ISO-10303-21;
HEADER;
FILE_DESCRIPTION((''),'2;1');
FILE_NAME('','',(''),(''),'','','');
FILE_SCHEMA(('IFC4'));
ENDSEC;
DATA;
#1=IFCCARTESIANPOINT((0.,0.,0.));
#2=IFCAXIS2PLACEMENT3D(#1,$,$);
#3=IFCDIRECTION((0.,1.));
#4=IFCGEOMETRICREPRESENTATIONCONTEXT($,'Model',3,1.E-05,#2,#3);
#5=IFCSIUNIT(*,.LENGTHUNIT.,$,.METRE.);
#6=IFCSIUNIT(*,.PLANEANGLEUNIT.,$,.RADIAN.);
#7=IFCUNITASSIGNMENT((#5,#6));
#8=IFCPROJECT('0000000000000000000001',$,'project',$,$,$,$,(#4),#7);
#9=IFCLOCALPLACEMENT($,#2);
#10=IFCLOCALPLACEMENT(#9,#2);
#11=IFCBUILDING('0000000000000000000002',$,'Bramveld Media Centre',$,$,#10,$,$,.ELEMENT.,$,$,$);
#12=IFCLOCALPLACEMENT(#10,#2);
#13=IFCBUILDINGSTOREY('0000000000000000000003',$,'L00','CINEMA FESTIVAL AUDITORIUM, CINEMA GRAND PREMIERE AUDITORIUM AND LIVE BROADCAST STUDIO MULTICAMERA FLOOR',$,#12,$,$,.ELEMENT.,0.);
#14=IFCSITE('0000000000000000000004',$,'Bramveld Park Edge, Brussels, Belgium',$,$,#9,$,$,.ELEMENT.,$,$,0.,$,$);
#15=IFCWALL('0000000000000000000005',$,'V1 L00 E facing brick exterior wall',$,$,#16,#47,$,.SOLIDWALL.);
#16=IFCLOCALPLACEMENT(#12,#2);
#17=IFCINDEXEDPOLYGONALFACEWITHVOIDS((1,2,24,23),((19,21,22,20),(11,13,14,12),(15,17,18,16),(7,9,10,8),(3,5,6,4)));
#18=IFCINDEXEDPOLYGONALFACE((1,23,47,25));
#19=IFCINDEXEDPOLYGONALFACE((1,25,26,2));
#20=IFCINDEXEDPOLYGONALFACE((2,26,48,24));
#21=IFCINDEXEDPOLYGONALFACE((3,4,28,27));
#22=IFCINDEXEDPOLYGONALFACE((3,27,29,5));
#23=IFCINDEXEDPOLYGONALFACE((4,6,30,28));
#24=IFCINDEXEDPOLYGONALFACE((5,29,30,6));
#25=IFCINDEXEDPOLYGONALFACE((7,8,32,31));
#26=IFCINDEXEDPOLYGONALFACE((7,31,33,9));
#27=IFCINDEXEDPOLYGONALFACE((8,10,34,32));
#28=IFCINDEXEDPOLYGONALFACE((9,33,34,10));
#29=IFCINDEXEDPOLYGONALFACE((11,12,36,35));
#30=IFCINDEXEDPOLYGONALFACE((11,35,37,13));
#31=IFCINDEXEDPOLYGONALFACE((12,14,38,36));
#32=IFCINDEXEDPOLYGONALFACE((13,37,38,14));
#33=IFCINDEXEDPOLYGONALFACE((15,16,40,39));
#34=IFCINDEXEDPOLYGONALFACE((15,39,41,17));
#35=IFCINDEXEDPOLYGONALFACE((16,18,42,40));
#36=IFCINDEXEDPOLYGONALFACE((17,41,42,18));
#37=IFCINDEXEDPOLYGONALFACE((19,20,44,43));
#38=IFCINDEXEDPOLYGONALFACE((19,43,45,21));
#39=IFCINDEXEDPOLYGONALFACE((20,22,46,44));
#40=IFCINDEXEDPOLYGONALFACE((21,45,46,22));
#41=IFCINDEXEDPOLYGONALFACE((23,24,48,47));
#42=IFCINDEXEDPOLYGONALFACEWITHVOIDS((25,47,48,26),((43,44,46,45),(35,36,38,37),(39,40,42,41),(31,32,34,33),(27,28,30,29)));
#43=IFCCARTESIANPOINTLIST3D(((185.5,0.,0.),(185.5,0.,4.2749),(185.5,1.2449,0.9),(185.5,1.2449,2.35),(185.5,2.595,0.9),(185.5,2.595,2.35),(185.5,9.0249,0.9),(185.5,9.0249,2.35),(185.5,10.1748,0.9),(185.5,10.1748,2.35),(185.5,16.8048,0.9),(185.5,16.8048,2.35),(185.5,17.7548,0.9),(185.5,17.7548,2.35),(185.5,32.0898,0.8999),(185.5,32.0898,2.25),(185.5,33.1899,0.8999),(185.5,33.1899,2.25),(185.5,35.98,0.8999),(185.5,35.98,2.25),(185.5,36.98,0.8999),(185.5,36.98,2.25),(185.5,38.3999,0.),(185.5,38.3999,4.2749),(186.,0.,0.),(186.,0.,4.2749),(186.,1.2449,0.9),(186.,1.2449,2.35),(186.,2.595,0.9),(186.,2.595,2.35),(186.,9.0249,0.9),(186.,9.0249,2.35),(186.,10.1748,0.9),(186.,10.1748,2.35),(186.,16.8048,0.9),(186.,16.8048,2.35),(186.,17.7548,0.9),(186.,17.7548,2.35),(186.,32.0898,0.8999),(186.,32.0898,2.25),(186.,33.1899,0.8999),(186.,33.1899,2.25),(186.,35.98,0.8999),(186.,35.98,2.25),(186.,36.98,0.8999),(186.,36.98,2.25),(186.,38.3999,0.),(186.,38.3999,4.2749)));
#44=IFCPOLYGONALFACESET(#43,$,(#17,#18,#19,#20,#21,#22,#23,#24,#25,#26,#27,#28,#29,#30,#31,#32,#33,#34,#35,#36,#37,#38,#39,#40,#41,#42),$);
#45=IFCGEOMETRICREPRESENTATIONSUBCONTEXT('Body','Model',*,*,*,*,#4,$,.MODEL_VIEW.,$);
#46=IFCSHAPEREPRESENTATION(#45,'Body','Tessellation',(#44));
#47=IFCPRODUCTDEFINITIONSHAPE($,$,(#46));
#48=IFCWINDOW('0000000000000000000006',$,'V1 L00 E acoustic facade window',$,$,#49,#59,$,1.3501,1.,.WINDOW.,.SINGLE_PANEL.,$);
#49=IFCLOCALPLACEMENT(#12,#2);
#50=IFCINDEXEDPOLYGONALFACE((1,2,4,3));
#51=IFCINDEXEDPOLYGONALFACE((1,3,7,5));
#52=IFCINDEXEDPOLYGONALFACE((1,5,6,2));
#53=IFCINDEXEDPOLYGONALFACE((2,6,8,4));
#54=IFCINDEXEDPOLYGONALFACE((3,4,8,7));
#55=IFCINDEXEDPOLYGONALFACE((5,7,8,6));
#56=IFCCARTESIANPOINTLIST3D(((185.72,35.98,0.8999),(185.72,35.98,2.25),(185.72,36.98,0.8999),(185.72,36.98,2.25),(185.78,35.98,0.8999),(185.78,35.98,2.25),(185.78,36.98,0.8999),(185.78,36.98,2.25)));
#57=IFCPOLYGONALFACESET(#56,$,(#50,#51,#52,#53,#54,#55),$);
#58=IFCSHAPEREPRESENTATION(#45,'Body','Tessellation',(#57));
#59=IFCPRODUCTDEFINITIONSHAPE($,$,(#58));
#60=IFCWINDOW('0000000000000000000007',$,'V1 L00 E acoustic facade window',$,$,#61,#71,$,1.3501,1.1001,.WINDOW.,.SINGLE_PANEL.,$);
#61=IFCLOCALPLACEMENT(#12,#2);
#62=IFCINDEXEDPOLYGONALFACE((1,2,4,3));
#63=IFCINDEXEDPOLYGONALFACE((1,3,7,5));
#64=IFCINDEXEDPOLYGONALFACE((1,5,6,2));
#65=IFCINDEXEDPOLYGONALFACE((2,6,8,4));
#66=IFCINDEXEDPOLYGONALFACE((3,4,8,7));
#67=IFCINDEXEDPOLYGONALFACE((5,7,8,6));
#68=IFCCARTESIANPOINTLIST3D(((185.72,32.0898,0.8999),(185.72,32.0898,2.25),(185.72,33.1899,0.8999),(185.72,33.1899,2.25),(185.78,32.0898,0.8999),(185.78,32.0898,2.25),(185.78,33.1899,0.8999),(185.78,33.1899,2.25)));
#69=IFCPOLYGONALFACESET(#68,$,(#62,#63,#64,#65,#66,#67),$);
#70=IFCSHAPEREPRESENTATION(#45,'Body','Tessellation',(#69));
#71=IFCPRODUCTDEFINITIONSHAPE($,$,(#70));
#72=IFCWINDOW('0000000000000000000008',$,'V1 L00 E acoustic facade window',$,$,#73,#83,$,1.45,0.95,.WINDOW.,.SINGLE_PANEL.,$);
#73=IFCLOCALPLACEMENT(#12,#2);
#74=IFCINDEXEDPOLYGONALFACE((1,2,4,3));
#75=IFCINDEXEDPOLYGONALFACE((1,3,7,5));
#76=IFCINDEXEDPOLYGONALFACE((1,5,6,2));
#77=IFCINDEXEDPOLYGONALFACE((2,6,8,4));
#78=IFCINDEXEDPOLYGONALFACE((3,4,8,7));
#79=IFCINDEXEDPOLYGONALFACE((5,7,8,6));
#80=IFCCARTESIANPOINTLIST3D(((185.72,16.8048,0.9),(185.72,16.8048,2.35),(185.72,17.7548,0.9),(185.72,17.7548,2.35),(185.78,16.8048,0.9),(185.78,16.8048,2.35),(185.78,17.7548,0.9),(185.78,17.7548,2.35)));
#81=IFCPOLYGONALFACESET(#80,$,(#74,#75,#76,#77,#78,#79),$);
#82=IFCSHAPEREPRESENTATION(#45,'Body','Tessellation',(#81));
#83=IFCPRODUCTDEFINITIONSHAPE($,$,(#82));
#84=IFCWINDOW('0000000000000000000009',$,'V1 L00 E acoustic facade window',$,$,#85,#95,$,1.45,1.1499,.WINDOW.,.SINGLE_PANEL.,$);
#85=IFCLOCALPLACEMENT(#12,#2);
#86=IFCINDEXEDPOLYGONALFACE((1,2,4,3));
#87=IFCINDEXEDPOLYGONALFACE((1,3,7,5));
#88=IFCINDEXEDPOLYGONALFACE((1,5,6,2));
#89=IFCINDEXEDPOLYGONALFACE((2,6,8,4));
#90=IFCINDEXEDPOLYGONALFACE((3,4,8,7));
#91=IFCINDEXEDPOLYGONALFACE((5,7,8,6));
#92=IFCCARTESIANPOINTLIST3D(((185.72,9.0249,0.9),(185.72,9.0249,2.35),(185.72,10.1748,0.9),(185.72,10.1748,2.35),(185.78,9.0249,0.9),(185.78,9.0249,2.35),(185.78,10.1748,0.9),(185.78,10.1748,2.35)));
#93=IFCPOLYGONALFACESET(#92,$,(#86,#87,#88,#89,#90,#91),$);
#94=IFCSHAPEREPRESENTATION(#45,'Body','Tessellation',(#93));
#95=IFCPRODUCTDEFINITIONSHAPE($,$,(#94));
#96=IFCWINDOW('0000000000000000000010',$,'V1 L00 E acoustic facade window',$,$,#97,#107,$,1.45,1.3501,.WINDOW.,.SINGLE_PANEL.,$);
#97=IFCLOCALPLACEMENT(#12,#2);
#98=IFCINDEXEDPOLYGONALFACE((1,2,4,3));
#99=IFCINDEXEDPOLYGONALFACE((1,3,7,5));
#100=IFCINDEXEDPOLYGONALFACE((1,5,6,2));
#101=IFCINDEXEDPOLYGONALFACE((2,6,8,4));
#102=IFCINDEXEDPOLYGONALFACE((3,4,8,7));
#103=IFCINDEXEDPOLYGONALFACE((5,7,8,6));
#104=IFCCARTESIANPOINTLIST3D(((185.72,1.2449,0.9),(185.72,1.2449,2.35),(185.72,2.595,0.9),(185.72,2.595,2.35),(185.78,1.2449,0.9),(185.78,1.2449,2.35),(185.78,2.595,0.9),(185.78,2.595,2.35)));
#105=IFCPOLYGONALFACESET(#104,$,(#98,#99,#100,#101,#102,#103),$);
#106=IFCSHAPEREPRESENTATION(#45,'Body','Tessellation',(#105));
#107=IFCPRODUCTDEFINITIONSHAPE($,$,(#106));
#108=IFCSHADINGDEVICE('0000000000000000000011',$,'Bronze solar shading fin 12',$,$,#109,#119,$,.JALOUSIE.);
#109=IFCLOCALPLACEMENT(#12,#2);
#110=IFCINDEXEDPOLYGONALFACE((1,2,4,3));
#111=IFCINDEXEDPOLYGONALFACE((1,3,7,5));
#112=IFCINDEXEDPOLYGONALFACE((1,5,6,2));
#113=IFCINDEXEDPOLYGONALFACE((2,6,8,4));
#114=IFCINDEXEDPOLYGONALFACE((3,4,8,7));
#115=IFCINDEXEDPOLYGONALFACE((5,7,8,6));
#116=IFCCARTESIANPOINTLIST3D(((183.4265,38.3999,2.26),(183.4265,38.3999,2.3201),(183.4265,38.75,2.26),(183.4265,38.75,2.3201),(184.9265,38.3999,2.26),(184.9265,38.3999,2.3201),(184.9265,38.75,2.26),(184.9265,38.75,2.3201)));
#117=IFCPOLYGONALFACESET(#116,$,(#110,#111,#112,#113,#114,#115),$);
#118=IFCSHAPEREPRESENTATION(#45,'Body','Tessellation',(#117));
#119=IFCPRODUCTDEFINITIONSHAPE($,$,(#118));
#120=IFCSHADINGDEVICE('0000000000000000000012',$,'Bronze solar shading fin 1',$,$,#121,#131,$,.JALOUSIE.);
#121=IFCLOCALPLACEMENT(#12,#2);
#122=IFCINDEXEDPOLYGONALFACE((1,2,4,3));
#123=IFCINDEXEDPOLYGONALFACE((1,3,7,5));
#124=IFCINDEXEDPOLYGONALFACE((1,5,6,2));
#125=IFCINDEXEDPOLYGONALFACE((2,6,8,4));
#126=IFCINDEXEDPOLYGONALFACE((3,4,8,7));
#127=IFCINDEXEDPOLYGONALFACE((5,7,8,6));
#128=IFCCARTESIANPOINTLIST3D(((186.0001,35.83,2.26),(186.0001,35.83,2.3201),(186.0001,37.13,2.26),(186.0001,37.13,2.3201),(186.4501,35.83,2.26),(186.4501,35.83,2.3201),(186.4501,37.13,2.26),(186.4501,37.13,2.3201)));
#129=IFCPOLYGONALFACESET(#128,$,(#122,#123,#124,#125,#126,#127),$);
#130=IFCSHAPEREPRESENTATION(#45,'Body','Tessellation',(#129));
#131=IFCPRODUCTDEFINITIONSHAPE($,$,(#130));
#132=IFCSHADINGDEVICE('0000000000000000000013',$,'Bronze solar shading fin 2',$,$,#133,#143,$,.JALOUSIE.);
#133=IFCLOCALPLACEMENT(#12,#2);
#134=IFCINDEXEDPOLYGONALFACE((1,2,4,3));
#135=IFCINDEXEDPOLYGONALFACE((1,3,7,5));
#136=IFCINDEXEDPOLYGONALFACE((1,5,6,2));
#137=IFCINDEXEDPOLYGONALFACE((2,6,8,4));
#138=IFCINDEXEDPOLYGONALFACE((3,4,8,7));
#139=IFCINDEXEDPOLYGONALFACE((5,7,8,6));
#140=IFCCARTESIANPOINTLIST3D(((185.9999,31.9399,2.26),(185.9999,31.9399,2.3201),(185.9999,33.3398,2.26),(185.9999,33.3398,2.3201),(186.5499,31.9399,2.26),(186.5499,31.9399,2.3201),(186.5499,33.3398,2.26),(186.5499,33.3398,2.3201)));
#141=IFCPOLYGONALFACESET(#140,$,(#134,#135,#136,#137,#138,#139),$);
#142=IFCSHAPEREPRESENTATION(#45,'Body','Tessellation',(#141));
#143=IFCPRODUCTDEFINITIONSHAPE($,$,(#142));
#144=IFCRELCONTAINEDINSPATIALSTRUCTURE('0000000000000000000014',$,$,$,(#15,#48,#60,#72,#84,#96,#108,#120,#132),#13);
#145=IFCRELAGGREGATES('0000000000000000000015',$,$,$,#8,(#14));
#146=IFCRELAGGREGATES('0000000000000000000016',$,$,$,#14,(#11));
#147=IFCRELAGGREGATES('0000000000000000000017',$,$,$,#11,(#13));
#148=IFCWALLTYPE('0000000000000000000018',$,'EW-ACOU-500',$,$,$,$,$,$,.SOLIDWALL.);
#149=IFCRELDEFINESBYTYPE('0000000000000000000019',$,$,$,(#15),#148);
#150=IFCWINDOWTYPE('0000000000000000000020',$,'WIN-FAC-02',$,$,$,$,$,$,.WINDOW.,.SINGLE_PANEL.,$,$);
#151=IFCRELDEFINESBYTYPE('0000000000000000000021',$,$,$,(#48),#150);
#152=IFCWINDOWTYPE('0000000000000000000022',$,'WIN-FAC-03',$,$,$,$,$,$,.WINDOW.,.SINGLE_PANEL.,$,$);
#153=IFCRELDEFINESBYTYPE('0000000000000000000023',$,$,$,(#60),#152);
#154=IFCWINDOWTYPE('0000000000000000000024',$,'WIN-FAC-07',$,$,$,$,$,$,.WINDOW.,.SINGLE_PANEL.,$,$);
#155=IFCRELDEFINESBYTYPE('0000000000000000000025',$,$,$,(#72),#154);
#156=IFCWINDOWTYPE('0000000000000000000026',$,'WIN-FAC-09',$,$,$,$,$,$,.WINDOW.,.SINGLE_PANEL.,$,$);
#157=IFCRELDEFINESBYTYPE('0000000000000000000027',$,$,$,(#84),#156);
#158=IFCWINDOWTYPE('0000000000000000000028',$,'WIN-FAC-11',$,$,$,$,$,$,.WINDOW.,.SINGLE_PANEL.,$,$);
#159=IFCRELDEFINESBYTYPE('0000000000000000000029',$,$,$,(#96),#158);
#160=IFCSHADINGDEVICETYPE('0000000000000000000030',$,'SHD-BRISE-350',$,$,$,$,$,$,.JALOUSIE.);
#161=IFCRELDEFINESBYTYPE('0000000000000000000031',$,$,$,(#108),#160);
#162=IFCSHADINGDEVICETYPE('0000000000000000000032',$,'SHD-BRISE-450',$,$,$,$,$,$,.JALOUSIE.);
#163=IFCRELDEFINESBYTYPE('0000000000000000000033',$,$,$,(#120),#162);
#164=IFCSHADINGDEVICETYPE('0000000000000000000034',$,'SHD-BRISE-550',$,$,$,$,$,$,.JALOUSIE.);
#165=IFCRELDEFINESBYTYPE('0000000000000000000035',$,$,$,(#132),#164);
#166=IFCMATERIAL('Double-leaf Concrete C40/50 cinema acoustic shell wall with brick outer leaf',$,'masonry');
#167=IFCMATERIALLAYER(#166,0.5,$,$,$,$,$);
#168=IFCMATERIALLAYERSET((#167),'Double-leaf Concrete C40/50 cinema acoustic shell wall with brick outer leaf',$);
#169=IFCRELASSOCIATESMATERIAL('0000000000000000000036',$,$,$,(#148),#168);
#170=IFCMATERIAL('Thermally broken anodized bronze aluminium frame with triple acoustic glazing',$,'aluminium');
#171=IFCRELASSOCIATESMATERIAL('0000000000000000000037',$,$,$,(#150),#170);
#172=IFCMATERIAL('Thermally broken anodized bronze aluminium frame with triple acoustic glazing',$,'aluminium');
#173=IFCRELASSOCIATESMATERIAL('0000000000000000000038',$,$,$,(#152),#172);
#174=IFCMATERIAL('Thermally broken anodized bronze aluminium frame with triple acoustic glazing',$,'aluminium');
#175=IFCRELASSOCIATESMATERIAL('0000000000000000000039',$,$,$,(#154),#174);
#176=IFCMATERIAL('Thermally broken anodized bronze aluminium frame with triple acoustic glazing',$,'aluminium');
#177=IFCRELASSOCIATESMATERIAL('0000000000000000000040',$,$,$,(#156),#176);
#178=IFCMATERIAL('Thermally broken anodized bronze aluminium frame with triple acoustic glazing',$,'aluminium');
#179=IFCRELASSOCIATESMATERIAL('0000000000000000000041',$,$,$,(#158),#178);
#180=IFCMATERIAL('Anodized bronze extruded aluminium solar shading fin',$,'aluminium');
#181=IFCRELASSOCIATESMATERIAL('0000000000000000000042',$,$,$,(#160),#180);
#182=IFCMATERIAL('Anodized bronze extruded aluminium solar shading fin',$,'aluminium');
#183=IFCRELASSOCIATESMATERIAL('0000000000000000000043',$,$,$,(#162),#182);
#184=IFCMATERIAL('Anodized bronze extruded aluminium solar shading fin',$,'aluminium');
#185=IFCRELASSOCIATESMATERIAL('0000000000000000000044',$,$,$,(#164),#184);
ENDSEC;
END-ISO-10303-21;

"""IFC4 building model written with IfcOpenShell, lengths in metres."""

from ifc_helpers import new_model, si_unit, direction, frame, frame_2d, origin, origin_2d, place, context, subcontext, project, spatial, rectangle, extrude, material, layer, layer_set, type_object, element, fill, save


model = new_model("IFC4")

# Units and contexts
model_context = context("Model", 3, precision=1e-05, world=origin(), true_north=direction((0.0, 1.0)))
body_context = subcontext(model_context, "Body", "Model", "MODEL_VIEW")
ifc_project = project(units=[si_unit("LENGTHUNIT", "METRE"), si_unit("PLANEANGLEUNIT", "RADIAN")], contexts=[model_context])

# Site, building, storey
site_placement = place(None, origin())
site = spatial("IfcSite", under=ifc_project, at=site_placement, Name="Bramveld Park Edge, Brussels, Belgium", CompositionType="ELEMENT", RefElevation=0.0)
building_placement = place(site_placement, origin())
building = spatial("IfcBuilding", under=site, at=building_placement, Name="Bramveld Media Centre", CompositionType="ELEMENT")
storey_placement = place(building_placement, origin())
storey = spatial("IfcBuildingStorey", under=building, at=storey_placement, Name="L00", Description="CINEMA FESTIVAL AUDITORIUM, CINEMA GRAND PREMIERE AUDITORIUM AND LIVE BROADCAST STUDIO MULTICAMERA FLOOR", CompositionType="ELEMENT", Elevation=0.0)

# Wall, openings, windows
ifc_material_1 = material(Name="Double-leaf Concrete C40/50 cinema acoustic shell wall with brick outer leaf", Category="masonry")
ifc_layer = layer(ifc_material_1, 0.5)
ifc_layer_set = layer_set([ifc_layer], Name="Double-leaf Concrete C40/50 cinema acoustic shell wall with brick outer leaf")
wall_type = type_object("IfcWallType", Name="EW-ACOU-500", PredefinedType="SOLIDWALL", material=ifc_layer_set)
wall_placement = place(storey_placement, frame((185.75, 38.3999, 0.0), z_axis=(0.0, 0.0, 1.0), x_axis=(0.0, -1.0, 0.0)))
wall = element("IfcWall", 1, at=wall_placement, inside=storey, type_object=wall_type, Name="V1 L00 E facing brick exterior wall", PredefinedType="SOLIDWALL", context=body_context, shape_type="SweptSolid", body=[
    extrude(rectangle(XDim=38.3999, YDim=0.5, at=frame_2d((19.2, 0.0))), origin(), (0.0, 0.0, 1.0), 4.2749),
])
opening_1_placement = place(wall_placement, frame((1.4199, 0.0, 0.8999)))
opening_1 = element("IfcOpeningElement", 2, at=opening_1_placement, cuts=wall, PredefinedType="OPENING", context=body_context, shape_type="SweptSolid", body=[
    extrude(rectangle(XDim=1.0, YDim=1.3501, at=frame_2d((0.5, 0.675))), frame((0.0, 0.262, 0.0), z_axis=(0.0, -1.0, 0.0), x_axis=(1.0, 0.0, 0.0)), (0.0, 0.0, 1.0), 0.5239),
])
opening_2_placement = place(wall_placement, frame((5.21, 0.0, 0.8999)))
opening_2 = element("IfcOpeningElement", 3, at=opening_2_placement, cuts=wall, PredefinedType="OPENING", context=body_context, shape_type="SweptSolid", body=[
    extrude(rectangle(XDim=1.1001, YDim=1.3501, at=frame_2d((0.55, 0.675))), frame((0.0, 0.262, 0.0), z_axis=(0.0, -1.0, 0.0), x_axis=(1.0, 0.0, 0.0)), (0.0, 0.0, 1.0), 0.5239),
])
opening_3_placement = place(wall_placement, frame((20.645, 0.0, 0.8999)))
opening_3 = element("IfcOpeningElement", 4, at=opening_3_placement, cuts=wall, PredefinedType="OPENING", context=body_context, shape_type="SweptSolid", body=[
    extrude(rectangle(XDim=0.95, YDim=1.45, at=frame_2d((0.4751, 0.7251))), frame((0.0, 0.262, 0.0), z_axis=(0.0, -1.0, 0.0), x_axis=(1.0, 0.0, 0.0)), (0.0, 0.0, 1.0), 0.5239),
])
opening_4_placement = place(wall_placement, frame((28.2251, 0.0, 0.8999)))
opening_4 = element("IfcOpeningElement", 5, at=opening_4_placement, cuts=wall, PredefinedType="OPENING", context=body_context, shape_type="SweptSolid", body=[
    extrude(rectangle(XDim=1.1499, YDim=1.45, at=frame_2d((0.575, 0.7251))), frame((0.0, 0.262, 0.0), z_axis=(0.0, -1.0, 0.0), x_axis=(1.0, 0.0, 0.0)), (0.0, 0.0, 1.0), 0.5239),
])
opening_5_placement = place(wall_placement, frame((35.8049, 0.0, 0.8999)))
opening_5 = element("IfcOpeningElement", 6, at=opening_5_placement, cuts=wall, PredefinedType="OPENING", context=body_context, shape_type="SweptSolid", body=[
    extrude(rectangle(XDim=1.3501, YDim=1.45, at=frame_2d((0.675, 0.7251))), frame((0.0, 0.262, 0.0), z_axis=(0.0, -1.0, 0.0), x_axis=(1.0, 0.0, 0.0)), (0.0, 0.0, 1.0), 0.5239),
])
ifc_material_2 = material(Name="Thermally broken anodized bronze aluminium frame with triple acoustic glazing", Category="aluminium")
window_type_1 = type_object("IfcWindowType", Name="WIN-FAC-02", PartitioningType="SINGLE_PANEL", PredefinedType="WINDOW", material=ifc_material_2)
window_1_placement = place(opening_1_placement, origin())
window_1 = element("IfcWindow", 7, at=window_1_placement, inside=storey, type_object=window_type_1, Name="V1 L00 E acoustic facade window", OverallHeight=1.3501, OverallWidth=1.0, PartitioningType="SINGLE_PANEL", PredefinedType="WINDOW", context=body_context, shape_type="SweptSolid", body=[
    extrude(rectangle(XDim=1.0, YDim=1.3501, at=frame_2d((0.5, 0.675))), frame((0.0, 0.03, 0.0), z_axis=(0.0, -1.0, 0.0), x_axis=(1.0, 0.0, 0.0)), (0.0, 0.0, 1.0), 0.0601),
])
fill(opening_1, window_1)
ifc_material_3 = material(Name="Thermally broken anodized bronze aluminium frame with triple acoustic glazing", Category="aluminium")
window_type_2 = type_object("IfcWindowType", Name="WIN-FAC-03", PartitioningType="SINGLE_PANEL", PredefinedType="WINDOW", material=ifc_material_3)
window_2_placement = place(opening_2_placement, origin())
window_2 = element("IfcWindow", 8, at=window_2_placement, inside=storey, type_object=window_type_2, Name="V1 L00 E acoustic facade window", OverallHeight=1.3501, OverallWidth=1.1001, PartitioningType="SINGLE_PANEL", PredefinedType="WINDOW", context=body_context, shape_type="SweptSolid", body=[
    extrude(rectangle(XDim=1.1001, YDim=1.3501, at=frame_2d((0.55, 0.675))), frame((0.0, 0.03, 0.0), z_axis=(0.0, -1.0, 0.0), x_axis=(1.0, 0.0, 0.0)), (0.0, 0.0, 1.0), 0.0601),
])
fill(opening_2, window_2)
ifc_material_4 = material(Name="Thermally broken anodized bronze aluminium frame with triple acoustic glazing", Category="aluminium")
window_type_3 = type_object("IfcWindowType", Name="WIN-FAC-07", PartitioningType="SINGLE_PANEL", PredefinedType="WINDOW", material=ifc_material_4)
window_3_placement = place(opening_3_placement, origin())
window_3 = element("IfcWindow", 9, at=window_3_placement, inside=storey, type_object=window_type_3, Name="V1 L00 E acoustic facade window", OverallHeight=1.45, OverallWidth=0.95, PartitioningType="SINGLE_PANEL", PredefinedType="WINDOW", context=body_context, shape_type="SweptSolid", body=[
    extrude(rectangle(XDim=0.95, YDim=1.45, at=frame_2d((0.4751, 0.7251))), frame((0.0, 0.03, 0.0), z_axis=(0.0, -1.0, 0.0), x_axis=(1.0, 0.0, 0.0)), (0.0, 0.0, 1.0), 0.0601),
])
fill(opening_3, window_3)
ifc_material_5 = material(Name="Thermally broken anodized bronze aluminium frame with triple acoustic glazing", Category="aluminium")
window_type_4 = type_object("IfcWindowType", Name="WIN-FAC-09", PartitioningType="SINGLE_PANEL", PredefinedType="WINDOW", material=ifc_material_5)
window_4_placement = place(opening_4_placement, origin())
window_4 = element("IfcWindow", 10, at=window_4_placement, inside=storey, type_object=window_type_4, Name="V1 L00 E acoustic facade window", OverallHeight=1.45, OverallWidth=1.1499, PartitioningType="SINGLE_PANEL", PredefinedType="WINDOW", context=body_context, shape_type="SweptSolid", body=[
    extrude(rectangle(XDim=1.1499, YDim=1.45, at=frame_2d((0.575, 0.7251))), frame((0.0, 0.03, 0.0), z_axis=(0.0, -1.0, 0.0), x_axis=(1.0, 0.0, 0.0)), (0.0, 0.0, 1.0), 0.0601),
])
fill(opening_4, window_4)
ifc_material_6 = material(Name="Thermally broken anodized bronze aluminium frame with triple acoustic glazing", Category="aluminium")
window_type_5 = type_object("IfcWindowType", Name="WIN-FAC-11", PartitioningType="SINGLE_PANEL", PredefinedType="WINDOW", material=ifc_material_6)
window_5_placement = place(opening_5_placement, origin())
window_5 = element("IfcWindow", 11, at=window_5_placement, inside=storey, type_object=window_type_5, Name="V1 L00 E acoustic facade window", OverallHeight=1.45, OverallWidth=1.3501, PartitioningType="SINGLE_PANEL", PredefinedType="WINDOW", context=body_context, shape_type="SweptSolid", body=[
    extrude(rectangle(XDim=1.3501, YDim=1.45, at=frame_2d((0.675, 0.7251))), frame((0.0, 0.03, 0.0), z_axis=(0.0, -1.0, 0.0), x_axis=(1.0, 0.0, 0.0)), (0.0, 0.0, 1.0), 0.0601),
])
fill(opening_5, window_5)

# Shading devices
ifc_material_7 = material(Name="Anodized bronze extruded aluminium solar shading fin", Category="aluminium")
shading_device_type_1 = type_object("IfcShadingDeviceType", Name="SHD-BRISE-350", PredefinedType="JALOUSIE", material=ifc_material_7)
shading_device_1_placement = place(storey_placement, frame((184.1765, 38.575, 2.26), z_axis=(0.0, 0.0, 1.0), x_axis=(1.0, 0.0, 0.0)))
element("IfcShadingDevice", 12, at=shading_device_1_placement, inside=storey, type_object=shading_device_type_1, Name="Bronze solar shading fin 12", PredefinedType="JALOUSIE", context=body_context, shape_type="SweptSolid", body=[
    extrude(rectangle(XDim=1.5, YDim=0.3501, at=origin_2d()), origin(), (0.0, 0.0, 1.0), 0.0601),
])
ifc_material_8 = material(Name="Anodized bronze extruded aluminium solar shading fin", Category="aluminium")
shading_device_type_2 = type_object("IfcShadingDeviceType", Name="SHD-BRISE-450", PredefinedType="JALOUSIE", material=ifc_material_8)
shading_device_2_placement = place(storey_placement, frame((186.2251, 36.48, 2.26), z_axis=(0.0, 0.0, 1.0), x_axis=(1.0, 0.0, 0.0)))
element("IfcShadingDevice", 13, at=shading_device_2_placement, inside=storey, type_object=shading_device_type_2, Name="Bronze solar shading fin 1", PredefinedType="JALOUSIE", context=body_context, shape_type="SweptSolid", body=[
    extrude(rectangle(XDim=0.45, YDim=1.3, at=origin_2d()), origin(), (0.0, 0.0, 1.0), 0.0601),
])
ifc_material_9 = material(Name="Anodized bronze extruded aluminium solar shading fin", Category="aluminium")
shading_device_type_3 = type_object("IfcShadingDeviceType", Name="SHD-BRISE-550", PredefinedType="JALOUSIE", material=ifc_material_9)
shading_device_3_placement = place(storey_placement, frame((186.2749, 32.6399, 2.26), z_axis=(0.0, 0.0, 1.0), x_axis=(1.0, 0.0, 0.0)))
element("IfcShadingDevice", 14, at=shading_device_3_placement, inside=storey, type_object=shading_device_type_3, Name="Bronze solar shading fin 2", PredefinedType="JALOUSIE", context=body_context, shape_type="SweptSolid", body=[
    extrude(rectangle(XDim=0.55, YDim=1.3999, at=origin_2d()), origin(), (0.0, 0.0, 1.0), 0.0601),
])

save(model, "model.ifc")
